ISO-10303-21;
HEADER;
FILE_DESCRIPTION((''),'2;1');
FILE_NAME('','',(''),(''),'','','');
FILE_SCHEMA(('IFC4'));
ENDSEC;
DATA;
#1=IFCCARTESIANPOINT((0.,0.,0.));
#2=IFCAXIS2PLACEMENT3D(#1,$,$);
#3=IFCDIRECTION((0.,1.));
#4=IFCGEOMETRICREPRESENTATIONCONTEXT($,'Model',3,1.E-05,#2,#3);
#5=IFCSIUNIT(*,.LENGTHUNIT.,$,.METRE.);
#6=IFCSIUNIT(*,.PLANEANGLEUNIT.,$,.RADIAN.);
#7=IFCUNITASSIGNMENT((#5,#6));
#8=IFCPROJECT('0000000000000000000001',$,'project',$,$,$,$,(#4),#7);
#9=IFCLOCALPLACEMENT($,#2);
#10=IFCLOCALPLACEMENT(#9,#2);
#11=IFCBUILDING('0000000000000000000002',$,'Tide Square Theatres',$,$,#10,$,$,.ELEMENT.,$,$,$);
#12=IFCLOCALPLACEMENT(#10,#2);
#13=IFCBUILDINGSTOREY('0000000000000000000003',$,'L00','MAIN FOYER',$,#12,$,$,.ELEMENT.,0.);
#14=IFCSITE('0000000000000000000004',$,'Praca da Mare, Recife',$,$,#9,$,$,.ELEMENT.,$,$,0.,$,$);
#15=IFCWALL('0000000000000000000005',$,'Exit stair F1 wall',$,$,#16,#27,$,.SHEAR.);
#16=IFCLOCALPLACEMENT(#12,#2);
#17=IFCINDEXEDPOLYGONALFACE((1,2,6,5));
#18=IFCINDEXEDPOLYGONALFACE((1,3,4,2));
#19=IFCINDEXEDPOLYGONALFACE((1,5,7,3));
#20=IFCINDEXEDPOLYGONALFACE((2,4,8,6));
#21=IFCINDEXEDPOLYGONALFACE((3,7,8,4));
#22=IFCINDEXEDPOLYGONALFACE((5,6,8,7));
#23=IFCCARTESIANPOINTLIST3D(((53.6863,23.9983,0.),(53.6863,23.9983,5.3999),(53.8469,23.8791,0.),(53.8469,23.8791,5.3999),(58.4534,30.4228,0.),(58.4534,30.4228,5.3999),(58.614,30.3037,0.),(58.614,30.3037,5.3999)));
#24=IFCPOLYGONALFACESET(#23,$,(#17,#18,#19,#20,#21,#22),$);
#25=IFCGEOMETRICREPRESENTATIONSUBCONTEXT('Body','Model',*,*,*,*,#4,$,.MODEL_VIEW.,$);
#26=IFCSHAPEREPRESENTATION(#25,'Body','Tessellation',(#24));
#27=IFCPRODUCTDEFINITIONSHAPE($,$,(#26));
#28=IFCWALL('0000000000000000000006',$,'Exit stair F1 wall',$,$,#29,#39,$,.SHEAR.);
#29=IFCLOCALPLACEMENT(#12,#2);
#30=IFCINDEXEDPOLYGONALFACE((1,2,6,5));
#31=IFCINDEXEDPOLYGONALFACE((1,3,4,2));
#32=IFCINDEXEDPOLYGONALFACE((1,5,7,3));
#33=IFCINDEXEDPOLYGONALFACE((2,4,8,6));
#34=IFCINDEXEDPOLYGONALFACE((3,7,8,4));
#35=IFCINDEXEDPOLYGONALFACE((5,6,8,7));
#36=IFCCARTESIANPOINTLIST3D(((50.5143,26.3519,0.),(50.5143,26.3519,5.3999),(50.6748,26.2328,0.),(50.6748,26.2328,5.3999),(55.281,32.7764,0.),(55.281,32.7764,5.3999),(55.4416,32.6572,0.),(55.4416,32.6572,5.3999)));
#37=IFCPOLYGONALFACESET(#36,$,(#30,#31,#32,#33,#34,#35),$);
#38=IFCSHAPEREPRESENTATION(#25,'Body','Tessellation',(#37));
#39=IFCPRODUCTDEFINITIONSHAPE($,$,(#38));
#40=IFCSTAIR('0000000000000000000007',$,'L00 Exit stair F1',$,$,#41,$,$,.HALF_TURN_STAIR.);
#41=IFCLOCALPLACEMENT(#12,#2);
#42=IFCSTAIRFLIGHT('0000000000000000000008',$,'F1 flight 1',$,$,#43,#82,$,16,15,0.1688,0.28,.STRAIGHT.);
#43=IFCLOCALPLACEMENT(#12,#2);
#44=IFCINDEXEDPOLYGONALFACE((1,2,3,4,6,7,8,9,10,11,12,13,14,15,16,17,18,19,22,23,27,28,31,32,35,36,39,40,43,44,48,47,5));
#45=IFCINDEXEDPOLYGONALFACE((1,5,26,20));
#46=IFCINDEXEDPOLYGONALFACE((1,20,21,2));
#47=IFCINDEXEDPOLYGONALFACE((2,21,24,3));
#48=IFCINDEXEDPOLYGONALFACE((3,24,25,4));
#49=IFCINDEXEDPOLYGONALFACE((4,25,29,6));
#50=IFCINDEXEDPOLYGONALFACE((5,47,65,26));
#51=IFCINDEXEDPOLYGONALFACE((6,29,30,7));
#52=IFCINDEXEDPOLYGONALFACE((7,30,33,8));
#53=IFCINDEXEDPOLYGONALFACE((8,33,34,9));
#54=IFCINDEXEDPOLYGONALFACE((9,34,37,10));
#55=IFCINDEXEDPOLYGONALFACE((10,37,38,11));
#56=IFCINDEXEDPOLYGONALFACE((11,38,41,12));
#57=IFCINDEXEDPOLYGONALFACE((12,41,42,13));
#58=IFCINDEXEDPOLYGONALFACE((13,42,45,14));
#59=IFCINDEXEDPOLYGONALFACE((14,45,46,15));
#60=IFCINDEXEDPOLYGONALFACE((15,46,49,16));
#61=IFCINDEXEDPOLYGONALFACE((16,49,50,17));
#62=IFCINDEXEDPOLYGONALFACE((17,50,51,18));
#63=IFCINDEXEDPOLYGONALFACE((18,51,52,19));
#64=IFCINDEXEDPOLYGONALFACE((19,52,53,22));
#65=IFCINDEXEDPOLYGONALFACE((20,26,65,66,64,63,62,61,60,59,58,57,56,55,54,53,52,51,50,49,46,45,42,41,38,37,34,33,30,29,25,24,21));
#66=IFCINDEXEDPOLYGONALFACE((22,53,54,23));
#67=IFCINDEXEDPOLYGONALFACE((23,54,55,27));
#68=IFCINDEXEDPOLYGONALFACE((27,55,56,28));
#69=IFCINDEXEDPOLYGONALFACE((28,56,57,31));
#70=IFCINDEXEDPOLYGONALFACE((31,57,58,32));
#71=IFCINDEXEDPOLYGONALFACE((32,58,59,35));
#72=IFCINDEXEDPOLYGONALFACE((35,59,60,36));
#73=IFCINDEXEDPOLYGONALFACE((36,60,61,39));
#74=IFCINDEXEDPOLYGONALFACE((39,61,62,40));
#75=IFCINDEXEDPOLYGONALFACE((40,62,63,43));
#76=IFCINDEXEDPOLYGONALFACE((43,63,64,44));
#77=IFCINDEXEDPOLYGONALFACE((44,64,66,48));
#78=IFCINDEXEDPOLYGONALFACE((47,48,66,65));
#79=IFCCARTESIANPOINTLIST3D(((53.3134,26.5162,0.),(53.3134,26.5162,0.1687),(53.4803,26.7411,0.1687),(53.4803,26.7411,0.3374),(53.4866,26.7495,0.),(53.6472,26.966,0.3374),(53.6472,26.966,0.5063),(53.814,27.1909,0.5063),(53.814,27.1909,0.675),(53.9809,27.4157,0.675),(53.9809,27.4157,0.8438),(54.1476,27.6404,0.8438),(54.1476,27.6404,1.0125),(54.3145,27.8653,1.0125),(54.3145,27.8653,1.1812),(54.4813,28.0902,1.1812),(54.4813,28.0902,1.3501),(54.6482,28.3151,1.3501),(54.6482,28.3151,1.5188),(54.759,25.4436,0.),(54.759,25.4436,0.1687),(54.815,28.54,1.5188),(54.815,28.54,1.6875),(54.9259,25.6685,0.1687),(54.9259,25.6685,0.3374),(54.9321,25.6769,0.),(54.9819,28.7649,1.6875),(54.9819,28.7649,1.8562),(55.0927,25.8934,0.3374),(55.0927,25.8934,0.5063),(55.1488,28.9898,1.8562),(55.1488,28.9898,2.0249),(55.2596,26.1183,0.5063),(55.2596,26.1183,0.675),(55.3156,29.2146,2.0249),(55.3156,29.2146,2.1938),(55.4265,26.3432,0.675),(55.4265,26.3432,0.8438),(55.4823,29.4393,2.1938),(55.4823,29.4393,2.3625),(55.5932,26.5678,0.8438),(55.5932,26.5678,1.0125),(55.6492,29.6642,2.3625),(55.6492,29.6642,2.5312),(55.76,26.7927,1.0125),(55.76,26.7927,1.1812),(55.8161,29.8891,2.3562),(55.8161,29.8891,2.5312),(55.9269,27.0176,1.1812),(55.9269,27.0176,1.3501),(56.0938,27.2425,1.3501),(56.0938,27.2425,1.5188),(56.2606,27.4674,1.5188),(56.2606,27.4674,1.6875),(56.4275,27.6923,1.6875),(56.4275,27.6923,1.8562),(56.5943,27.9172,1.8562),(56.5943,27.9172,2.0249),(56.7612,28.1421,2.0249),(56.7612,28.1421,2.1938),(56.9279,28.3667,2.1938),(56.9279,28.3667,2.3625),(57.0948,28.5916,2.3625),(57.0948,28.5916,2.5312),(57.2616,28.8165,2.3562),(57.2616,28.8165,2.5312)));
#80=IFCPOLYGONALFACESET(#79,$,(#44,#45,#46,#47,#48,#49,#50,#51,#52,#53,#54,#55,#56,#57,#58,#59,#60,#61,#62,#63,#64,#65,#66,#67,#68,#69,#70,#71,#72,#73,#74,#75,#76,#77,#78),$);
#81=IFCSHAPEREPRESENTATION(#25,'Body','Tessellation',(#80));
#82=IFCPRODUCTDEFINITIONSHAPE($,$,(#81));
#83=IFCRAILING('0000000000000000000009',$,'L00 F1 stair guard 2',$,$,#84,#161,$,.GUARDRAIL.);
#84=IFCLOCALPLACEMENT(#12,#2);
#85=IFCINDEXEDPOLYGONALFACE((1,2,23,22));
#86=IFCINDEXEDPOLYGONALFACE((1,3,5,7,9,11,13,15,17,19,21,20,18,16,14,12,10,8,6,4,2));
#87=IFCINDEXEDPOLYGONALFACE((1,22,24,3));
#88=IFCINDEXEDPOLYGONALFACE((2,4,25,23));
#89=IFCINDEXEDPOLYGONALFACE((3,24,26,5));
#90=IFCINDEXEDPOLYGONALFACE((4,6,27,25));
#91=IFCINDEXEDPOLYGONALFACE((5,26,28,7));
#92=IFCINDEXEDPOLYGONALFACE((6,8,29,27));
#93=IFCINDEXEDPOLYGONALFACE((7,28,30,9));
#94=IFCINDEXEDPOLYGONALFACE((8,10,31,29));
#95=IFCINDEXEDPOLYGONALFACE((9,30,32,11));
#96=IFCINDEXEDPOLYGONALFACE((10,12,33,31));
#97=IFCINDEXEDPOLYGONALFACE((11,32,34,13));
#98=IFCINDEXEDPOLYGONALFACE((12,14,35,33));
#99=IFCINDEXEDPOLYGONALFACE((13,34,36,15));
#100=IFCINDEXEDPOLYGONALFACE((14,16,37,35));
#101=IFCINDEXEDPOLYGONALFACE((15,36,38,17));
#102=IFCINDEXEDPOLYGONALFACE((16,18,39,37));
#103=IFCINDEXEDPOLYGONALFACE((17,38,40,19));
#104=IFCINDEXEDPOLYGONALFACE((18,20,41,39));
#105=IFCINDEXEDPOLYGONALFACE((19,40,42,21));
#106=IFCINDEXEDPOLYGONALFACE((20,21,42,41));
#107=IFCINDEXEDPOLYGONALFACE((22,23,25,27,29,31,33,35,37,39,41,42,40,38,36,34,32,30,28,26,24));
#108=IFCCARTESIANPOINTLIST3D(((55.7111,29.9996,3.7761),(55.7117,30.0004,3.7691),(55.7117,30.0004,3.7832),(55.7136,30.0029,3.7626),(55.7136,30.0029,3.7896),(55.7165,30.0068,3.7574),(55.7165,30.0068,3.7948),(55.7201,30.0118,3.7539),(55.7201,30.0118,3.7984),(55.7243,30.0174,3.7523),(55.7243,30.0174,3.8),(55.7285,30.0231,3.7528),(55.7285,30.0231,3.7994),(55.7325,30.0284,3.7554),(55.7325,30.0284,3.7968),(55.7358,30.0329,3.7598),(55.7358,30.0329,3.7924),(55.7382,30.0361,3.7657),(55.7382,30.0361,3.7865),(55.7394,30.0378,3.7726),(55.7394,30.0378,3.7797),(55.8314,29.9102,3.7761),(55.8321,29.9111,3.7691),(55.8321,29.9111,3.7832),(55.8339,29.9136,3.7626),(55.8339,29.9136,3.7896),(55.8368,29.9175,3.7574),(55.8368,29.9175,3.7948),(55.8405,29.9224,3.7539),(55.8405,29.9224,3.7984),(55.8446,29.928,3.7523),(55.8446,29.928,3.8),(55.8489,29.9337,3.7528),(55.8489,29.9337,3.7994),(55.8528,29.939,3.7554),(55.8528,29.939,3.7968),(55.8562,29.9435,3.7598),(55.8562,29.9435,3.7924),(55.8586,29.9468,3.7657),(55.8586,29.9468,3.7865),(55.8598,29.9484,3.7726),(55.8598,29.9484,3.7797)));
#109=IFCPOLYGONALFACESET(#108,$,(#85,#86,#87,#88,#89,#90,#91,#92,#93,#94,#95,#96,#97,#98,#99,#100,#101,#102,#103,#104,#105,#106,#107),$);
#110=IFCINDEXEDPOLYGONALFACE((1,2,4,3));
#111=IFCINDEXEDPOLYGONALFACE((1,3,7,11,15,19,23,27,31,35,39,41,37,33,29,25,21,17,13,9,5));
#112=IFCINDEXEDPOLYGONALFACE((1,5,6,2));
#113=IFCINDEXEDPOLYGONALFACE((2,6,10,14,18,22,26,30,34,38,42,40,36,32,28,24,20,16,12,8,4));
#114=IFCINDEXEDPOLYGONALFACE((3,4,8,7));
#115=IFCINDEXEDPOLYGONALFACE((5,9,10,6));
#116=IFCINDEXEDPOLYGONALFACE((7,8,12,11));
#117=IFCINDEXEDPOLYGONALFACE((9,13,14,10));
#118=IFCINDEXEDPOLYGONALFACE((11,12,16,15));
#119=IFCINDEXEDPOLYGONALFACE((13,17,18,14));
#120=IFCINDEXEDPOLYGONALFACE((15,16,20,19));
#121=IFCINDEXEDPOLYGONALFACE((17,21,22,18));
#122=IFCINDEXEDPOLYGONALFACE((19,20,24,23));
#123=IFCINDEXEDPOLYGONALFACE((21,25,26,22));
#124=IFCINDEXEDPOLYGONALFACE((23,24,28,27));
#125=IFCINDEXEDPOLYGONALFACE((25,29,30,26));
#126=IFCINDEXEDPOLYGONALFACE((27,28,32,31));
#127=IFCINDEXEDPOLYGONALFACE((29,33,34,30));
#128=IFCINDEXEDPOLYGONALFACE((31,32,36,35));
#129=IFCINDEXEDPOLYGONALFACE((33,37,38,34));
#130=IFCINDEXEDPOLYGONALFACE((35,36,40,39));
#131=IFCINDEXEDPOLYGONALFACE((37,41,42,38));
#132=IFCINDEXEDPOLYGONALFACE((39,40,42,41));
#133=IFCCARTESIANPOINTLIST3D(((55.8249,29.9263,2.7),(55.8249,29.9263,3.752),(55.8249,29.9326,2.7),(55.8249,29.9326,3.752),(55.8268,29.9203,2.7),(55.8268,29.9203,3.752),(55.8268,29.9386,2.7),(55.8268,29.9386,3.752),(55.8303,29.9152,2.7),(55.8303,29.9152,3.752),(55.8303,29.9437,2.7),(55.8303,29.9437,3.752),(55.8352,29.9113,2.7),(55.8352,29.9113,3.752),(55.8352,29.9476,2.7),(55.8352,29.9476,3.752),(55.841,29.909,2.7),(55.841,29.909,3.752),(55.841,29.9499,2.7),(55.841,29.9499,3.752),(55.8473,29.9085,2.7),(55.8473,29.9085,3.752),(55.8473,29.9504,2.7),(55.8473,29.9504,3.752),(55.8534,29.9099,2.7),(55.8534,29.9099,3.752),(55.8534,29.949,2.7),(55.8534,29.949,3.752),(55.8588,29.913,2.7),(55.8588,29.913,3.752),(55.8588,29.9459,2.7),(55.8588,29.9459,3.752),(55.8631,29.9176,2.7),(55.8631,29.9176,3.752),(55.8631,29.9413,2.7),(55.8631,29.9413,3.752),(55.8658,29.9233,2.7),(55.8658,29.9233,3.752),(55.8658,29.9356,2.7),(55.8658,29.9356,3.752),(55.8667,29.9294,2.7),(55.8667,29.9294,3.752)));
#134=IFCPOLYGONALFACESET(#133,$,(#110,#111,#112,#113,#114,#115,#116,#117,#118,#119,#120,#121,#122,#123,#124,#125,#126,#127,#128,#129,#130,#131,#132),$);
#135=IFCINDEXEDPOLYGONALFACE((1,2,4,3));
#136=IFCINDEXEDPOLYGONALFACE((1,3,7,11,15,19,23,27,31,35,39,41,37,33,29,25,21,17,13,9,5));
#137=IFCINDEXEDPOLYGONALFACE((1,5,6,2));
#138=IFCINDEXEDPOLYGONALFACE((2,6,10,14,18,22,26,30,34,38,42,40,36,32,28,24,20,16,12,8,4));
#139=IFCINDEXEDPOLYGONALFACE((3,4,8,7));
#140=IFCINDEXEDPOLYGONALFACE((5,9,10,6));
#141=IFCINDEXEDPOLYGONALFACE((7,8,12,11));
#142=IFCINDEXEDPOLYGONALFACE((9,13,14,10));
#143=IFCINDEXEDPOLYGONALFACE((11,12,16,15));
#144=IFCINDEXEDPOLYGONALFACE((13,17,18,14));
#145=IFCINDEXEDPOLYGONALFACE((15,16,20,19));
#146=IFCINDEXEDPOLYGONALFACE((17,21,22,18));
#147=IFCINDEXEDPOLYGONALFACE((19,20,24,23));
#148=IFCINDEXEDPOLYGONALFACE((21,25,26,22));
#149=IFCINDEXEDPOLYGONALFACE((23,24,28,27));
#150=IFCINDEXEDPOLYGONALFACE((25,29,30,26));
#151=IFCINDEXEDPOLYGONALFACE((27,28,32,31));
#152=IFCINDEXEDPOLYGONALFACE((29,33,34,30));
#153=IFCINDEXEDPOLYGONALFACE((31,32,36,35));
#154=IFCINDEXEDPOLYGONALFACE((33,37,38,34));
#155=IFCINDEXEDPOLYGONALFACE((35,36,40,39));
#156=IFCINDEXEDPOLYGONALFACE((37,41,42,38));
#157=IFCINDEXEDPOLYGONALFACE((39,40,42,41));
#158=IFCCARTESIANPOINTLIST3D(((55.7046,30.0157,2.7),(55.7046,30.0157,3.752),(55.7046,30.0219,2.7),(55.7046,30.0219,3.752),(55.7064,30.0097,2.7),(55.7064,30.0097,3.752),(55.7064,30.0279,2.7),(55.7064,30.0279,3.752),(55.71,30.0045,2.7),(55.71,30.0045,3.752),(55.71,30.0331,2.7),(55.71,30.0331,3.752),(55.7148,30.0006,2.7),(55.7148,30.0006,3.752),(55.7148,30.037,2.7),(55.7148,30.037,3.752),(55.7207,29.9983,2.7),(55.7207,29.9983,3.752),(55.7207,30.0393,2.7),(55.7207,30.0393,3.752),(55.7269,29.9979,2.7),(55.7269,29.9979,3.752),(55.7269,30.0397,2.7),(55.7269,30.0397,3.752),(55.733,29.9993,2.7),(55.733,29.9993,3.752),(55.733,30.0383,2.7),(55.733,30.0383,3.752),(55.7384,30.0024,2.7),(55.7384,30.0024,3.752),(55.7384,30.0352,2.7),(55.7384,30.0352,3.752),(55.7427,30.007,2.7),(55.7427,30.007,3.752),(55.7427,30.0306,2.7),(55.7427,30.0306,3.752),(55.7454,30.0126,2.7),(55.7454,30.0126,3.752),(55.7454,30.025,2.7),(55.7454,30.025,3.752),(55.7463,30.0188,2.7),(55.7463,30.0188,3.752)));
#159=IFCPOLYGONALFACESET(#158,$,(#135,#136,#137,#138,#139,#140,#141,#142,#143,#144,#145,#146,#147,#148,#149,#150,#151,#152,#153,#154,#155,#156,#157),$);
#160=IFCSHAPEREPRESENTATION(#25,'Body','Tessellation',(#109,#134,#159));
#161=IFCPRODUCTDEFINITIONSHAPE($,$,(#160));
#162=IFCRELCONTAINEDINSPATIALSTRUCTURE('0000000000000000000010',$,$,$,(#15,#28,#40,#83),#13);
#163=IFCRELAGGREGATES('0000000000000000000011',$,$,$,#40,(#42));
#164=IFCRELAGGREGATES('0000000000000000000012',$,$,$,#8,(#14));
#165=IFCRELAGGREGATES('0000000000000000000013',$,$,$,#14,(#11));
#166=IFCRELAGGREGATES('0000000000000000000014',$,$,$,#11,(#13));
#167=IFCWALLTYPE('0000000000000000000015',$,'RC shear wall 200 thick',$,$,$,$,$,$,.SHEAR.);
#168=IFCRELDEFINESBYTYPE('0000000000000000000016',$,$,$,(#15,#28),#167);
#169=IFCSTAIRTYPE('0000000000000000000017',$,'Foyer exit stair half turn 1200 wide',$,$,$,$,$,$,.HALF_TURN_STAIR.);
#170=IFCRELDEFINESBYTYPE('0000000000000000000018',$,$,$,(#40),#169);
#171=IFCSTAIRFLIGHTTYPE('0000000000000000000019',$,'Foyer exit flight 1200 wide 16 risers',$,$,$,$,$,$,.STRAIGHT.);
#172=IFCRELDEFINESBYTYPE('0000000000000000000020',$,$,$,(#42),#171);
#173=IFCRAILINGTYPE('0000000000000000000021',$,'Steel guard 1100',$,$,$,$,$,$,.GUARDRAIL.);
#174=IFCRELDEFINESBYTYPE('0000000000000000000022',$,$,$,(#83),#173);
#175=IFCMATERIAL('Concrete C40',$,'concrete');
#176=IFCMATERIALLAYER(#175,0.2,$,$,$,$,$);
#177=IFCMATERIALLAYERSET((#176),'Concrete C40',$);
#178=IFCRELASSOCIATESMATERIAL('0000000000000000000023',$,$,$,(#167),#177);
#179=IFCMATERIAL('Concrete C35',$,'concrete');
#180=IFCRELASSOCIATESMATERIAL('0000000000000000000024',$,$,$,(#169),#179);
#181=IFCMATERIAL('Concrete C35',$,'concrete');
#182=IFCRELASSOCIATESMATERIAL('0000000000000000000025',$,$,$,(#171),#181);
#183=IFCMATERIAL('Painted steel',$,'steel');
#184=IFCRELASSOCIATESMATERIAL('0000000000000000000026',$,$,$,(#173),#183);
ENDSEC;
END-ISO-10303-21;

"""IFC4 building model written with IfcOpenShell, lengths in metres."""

from ifc_helpers import new_model, si_unit, direction, frame, frame_2d, origin, origin_2d, place, context, subcontext, project, spatial, polyline, rectangle, circle, outline, extrude, material, layer, layer_set, type_object, element, aggregate, save


model = new_model("IFC4")

# Units and contexts
model_context = context("Model", 3, precision=1e-05, world=origin(), true_north=direction((0.0, 1.0)))
body_context = subcontext(model_context, "Body", "Model", "MODEL_VIEW")
ifc_project = project(units=[si_unit("LENGTHUNIT", "METRE"), si_unit("PLANEANGLEUNIT", "RADIAN")], contexts=[model_context])

# Site, building, storey
site_placement = place(None, origin())
site = spatial("IfcSite", under=ifc_project, at=site_placement, Name="Praca da Mare, Recife", CompositionType="ELEMENT", RefElevation=0.0)
building_placement = place(site_placement, origin())
building = spatial("IfcBuilding", under=site, at=building_placement, Name="Tide Square Theatres", CompositionType="ELEMENT")
storey_placement = place(building_placement, origin())
storey = spatial("IfcBuildingStorey", under=building, at=storey_placement, Name="L00", Description="MAIN FOYER", CompositionType="ELEMENT", Elevation=0.0)

# Shared definitions
ifc_material_1 = material(Name="Concrete C40", Category="concrete")
ifc_layer_1 = layer(ifc_material_1, 0.2)
ifc_layer_set_1 = layer_set([ifc_layer_1], Name="Concrete C40")
wall_type_1 = type_object("IfcWallType", Name="RC shear wall 200 thick", PredefinedType="SHEAR", material=ifc_layer_set_1)

# Walls
wall_1_placement = place(storey_placement, frame((53.7666, 23.9387, 0.0), z_axis=(0.0, 0.0, 1.0), x_axis=(0.595886, 0.803069, 0.0)))
element("IfcWall", 1, at=wall_1_placement, inside=storey, type_object=wall_type_1, Name="Exit stair F1 wall", PredefinedType="SHEAR", context=body_context, shape_type="SweptSolid", body=[
    extrude(rectangle(XDim=8.0, YDim=0.2, at=frame_2d((4.0, 0.0))), origin(), (0.0, 0.0, 1.0), 5.3999),
])
wall_2_placement = place(storey_placement, frame((50.5945, 26.2922, 0.0), z_axis=(0.0, 0.0, 1.0), x_axis=(0.595866, 0.803084, 0.0)))
element("IfcWall", 2, at=wall_2_placement, inside=storey, type_object=wall_type_1, Name="Exit stair F1 wall", PredefinedType="SHEAR", context=body_context, shape_type="SweptSolid", body=[
    extrude(rectangle(XDim=7.9998, YDim=0.2, at=frame_2d((4.0, 0.0))), origin(), (0.0, 0.0, 1.0), 5.3999),
])

# Stair, stair flight
ifc_material_2 = material(Name="Concrete C35", Category="concrete")
stair_type = type_object("IfcStairType", Name="Foyer exit stair half turn 1200 wide", PredefinedType="HALF_TURN_STAIR", material=ifc_material_2)
stair_placement = place(storey_placement, origin())
stair = element("IfcStair", 3, at=stair_placement, inside=storey, type_object=stair_type, Name="L00 Exit stair F1", PredefinedType="HALF_TURN_STAIR")
ifc_material_3 = material(Name="Concrete C35", Category="concrete")
stair_flight_type = type_object("IfcStairFlightType", Name="Foyer exit flight 1200 wide 16 risers", PredefinedType="STRAIGHT", material=ifc_material_3)
stair_flight_placement = place(storey_placement, frame((54.0361, 25.98, 0.0), z_axis=(0.0, 0.0, 1.0), x_axis=(0.595869, 0.803081, 0.0)))
stair_flight = element("IfcStairFlight", 4, at=stair_flight_placement, type_object=stair_flight_type, Name="F1 flight 1", NumberOfRisers=16, NumberOfTreads=15, PredefinedType="STRAIGHT", RiserHeight=0.1688, TreadLength=0.28, context=body_context, shape_type="SweptSolid", body=[
    extrude(outline(polyline([(0.0, 0.0), (0.0, 0.1687), (0.28, 0.1687), (0.28, 0.3374), (0.5601, 0.3374), (0.5601, 0.5063), (0.8401, 0.5063), (0.8401, 0.675), (1.1201, 0.675), (1.1201, 0.8438), (1.3999, 0.8438), (1.3999, 1.0125), (1.6799, 1.0125), (1.6799, 1.1812), (1.96, 1.1812), (1.96, 1.3501), (2.24, 1.3501), (2.24, 1.5188), (2.52, 1.5188), (2.52, 1.6875), (2.8, 1.6875), (2.8, 1.8562), (3.0801, 1.8562), (3.0801, 2.0249), (3.3601, 2.0249), (3.3601, 2.1938), (3.6399, 2.1938), (3.6399, 2.3625), (3.9199, 2.3625), (3.9199, 2.5312), (4.2, 2.5312), (4.2, 2.7), (4.2, 2.3562), (0.2905, 0.0), (0.0, 0.0)])), frame((0.0, 0.8999, 0.0), z_axis=(0.0, -1.0, 0.0), x_axis=(1.0, 0.0, 0.0)), (0.0, 0.0, 1.0), 1.8),
])
aggregate(stair, [stair_flight])

# Railing
ifc_material_4 = material(Name="Painted steel", Category="steel")
railing_type_1 = type_object("IfcRailingType", Name="Steel guard 1100", PredefinedType="GUARDRAIL", material=ifc_material_4)
railing_1_placement = place(storey_placement, frame((55.8457, 29.9294, 2.7)))
element("IfcRailing", 5, at=railing_1_placement, inside=storey, type_object=railing_type_1, Name="L00 F1 stair guard 2", PredefinedType="GUARDRAIL", context=body_context, shape_type="SweptSolid", body=[
    extrude(circle(Radius=0.0239, at=origin_2d()), frame((0.0, 0.0, 1.0762), z_axis=(-0.802922, 0.596084, 0.0), x_axis=(-0.596084, -0.802922, 0.0)), (0.0, 0.0, 1.0), 0.1499),
    extrude(circle(Radius=0.021, at=origin_2d()), origin(), (0.0, 0.0, 1.0), 1.052),
    extrude(circle(Radius=0.021, at=origin_2d()), frame((-0.1204, 0.0894, 0.0)), (0.0, 0.0, 1.0), 1.052),
])

save(model, "model.ifc")
